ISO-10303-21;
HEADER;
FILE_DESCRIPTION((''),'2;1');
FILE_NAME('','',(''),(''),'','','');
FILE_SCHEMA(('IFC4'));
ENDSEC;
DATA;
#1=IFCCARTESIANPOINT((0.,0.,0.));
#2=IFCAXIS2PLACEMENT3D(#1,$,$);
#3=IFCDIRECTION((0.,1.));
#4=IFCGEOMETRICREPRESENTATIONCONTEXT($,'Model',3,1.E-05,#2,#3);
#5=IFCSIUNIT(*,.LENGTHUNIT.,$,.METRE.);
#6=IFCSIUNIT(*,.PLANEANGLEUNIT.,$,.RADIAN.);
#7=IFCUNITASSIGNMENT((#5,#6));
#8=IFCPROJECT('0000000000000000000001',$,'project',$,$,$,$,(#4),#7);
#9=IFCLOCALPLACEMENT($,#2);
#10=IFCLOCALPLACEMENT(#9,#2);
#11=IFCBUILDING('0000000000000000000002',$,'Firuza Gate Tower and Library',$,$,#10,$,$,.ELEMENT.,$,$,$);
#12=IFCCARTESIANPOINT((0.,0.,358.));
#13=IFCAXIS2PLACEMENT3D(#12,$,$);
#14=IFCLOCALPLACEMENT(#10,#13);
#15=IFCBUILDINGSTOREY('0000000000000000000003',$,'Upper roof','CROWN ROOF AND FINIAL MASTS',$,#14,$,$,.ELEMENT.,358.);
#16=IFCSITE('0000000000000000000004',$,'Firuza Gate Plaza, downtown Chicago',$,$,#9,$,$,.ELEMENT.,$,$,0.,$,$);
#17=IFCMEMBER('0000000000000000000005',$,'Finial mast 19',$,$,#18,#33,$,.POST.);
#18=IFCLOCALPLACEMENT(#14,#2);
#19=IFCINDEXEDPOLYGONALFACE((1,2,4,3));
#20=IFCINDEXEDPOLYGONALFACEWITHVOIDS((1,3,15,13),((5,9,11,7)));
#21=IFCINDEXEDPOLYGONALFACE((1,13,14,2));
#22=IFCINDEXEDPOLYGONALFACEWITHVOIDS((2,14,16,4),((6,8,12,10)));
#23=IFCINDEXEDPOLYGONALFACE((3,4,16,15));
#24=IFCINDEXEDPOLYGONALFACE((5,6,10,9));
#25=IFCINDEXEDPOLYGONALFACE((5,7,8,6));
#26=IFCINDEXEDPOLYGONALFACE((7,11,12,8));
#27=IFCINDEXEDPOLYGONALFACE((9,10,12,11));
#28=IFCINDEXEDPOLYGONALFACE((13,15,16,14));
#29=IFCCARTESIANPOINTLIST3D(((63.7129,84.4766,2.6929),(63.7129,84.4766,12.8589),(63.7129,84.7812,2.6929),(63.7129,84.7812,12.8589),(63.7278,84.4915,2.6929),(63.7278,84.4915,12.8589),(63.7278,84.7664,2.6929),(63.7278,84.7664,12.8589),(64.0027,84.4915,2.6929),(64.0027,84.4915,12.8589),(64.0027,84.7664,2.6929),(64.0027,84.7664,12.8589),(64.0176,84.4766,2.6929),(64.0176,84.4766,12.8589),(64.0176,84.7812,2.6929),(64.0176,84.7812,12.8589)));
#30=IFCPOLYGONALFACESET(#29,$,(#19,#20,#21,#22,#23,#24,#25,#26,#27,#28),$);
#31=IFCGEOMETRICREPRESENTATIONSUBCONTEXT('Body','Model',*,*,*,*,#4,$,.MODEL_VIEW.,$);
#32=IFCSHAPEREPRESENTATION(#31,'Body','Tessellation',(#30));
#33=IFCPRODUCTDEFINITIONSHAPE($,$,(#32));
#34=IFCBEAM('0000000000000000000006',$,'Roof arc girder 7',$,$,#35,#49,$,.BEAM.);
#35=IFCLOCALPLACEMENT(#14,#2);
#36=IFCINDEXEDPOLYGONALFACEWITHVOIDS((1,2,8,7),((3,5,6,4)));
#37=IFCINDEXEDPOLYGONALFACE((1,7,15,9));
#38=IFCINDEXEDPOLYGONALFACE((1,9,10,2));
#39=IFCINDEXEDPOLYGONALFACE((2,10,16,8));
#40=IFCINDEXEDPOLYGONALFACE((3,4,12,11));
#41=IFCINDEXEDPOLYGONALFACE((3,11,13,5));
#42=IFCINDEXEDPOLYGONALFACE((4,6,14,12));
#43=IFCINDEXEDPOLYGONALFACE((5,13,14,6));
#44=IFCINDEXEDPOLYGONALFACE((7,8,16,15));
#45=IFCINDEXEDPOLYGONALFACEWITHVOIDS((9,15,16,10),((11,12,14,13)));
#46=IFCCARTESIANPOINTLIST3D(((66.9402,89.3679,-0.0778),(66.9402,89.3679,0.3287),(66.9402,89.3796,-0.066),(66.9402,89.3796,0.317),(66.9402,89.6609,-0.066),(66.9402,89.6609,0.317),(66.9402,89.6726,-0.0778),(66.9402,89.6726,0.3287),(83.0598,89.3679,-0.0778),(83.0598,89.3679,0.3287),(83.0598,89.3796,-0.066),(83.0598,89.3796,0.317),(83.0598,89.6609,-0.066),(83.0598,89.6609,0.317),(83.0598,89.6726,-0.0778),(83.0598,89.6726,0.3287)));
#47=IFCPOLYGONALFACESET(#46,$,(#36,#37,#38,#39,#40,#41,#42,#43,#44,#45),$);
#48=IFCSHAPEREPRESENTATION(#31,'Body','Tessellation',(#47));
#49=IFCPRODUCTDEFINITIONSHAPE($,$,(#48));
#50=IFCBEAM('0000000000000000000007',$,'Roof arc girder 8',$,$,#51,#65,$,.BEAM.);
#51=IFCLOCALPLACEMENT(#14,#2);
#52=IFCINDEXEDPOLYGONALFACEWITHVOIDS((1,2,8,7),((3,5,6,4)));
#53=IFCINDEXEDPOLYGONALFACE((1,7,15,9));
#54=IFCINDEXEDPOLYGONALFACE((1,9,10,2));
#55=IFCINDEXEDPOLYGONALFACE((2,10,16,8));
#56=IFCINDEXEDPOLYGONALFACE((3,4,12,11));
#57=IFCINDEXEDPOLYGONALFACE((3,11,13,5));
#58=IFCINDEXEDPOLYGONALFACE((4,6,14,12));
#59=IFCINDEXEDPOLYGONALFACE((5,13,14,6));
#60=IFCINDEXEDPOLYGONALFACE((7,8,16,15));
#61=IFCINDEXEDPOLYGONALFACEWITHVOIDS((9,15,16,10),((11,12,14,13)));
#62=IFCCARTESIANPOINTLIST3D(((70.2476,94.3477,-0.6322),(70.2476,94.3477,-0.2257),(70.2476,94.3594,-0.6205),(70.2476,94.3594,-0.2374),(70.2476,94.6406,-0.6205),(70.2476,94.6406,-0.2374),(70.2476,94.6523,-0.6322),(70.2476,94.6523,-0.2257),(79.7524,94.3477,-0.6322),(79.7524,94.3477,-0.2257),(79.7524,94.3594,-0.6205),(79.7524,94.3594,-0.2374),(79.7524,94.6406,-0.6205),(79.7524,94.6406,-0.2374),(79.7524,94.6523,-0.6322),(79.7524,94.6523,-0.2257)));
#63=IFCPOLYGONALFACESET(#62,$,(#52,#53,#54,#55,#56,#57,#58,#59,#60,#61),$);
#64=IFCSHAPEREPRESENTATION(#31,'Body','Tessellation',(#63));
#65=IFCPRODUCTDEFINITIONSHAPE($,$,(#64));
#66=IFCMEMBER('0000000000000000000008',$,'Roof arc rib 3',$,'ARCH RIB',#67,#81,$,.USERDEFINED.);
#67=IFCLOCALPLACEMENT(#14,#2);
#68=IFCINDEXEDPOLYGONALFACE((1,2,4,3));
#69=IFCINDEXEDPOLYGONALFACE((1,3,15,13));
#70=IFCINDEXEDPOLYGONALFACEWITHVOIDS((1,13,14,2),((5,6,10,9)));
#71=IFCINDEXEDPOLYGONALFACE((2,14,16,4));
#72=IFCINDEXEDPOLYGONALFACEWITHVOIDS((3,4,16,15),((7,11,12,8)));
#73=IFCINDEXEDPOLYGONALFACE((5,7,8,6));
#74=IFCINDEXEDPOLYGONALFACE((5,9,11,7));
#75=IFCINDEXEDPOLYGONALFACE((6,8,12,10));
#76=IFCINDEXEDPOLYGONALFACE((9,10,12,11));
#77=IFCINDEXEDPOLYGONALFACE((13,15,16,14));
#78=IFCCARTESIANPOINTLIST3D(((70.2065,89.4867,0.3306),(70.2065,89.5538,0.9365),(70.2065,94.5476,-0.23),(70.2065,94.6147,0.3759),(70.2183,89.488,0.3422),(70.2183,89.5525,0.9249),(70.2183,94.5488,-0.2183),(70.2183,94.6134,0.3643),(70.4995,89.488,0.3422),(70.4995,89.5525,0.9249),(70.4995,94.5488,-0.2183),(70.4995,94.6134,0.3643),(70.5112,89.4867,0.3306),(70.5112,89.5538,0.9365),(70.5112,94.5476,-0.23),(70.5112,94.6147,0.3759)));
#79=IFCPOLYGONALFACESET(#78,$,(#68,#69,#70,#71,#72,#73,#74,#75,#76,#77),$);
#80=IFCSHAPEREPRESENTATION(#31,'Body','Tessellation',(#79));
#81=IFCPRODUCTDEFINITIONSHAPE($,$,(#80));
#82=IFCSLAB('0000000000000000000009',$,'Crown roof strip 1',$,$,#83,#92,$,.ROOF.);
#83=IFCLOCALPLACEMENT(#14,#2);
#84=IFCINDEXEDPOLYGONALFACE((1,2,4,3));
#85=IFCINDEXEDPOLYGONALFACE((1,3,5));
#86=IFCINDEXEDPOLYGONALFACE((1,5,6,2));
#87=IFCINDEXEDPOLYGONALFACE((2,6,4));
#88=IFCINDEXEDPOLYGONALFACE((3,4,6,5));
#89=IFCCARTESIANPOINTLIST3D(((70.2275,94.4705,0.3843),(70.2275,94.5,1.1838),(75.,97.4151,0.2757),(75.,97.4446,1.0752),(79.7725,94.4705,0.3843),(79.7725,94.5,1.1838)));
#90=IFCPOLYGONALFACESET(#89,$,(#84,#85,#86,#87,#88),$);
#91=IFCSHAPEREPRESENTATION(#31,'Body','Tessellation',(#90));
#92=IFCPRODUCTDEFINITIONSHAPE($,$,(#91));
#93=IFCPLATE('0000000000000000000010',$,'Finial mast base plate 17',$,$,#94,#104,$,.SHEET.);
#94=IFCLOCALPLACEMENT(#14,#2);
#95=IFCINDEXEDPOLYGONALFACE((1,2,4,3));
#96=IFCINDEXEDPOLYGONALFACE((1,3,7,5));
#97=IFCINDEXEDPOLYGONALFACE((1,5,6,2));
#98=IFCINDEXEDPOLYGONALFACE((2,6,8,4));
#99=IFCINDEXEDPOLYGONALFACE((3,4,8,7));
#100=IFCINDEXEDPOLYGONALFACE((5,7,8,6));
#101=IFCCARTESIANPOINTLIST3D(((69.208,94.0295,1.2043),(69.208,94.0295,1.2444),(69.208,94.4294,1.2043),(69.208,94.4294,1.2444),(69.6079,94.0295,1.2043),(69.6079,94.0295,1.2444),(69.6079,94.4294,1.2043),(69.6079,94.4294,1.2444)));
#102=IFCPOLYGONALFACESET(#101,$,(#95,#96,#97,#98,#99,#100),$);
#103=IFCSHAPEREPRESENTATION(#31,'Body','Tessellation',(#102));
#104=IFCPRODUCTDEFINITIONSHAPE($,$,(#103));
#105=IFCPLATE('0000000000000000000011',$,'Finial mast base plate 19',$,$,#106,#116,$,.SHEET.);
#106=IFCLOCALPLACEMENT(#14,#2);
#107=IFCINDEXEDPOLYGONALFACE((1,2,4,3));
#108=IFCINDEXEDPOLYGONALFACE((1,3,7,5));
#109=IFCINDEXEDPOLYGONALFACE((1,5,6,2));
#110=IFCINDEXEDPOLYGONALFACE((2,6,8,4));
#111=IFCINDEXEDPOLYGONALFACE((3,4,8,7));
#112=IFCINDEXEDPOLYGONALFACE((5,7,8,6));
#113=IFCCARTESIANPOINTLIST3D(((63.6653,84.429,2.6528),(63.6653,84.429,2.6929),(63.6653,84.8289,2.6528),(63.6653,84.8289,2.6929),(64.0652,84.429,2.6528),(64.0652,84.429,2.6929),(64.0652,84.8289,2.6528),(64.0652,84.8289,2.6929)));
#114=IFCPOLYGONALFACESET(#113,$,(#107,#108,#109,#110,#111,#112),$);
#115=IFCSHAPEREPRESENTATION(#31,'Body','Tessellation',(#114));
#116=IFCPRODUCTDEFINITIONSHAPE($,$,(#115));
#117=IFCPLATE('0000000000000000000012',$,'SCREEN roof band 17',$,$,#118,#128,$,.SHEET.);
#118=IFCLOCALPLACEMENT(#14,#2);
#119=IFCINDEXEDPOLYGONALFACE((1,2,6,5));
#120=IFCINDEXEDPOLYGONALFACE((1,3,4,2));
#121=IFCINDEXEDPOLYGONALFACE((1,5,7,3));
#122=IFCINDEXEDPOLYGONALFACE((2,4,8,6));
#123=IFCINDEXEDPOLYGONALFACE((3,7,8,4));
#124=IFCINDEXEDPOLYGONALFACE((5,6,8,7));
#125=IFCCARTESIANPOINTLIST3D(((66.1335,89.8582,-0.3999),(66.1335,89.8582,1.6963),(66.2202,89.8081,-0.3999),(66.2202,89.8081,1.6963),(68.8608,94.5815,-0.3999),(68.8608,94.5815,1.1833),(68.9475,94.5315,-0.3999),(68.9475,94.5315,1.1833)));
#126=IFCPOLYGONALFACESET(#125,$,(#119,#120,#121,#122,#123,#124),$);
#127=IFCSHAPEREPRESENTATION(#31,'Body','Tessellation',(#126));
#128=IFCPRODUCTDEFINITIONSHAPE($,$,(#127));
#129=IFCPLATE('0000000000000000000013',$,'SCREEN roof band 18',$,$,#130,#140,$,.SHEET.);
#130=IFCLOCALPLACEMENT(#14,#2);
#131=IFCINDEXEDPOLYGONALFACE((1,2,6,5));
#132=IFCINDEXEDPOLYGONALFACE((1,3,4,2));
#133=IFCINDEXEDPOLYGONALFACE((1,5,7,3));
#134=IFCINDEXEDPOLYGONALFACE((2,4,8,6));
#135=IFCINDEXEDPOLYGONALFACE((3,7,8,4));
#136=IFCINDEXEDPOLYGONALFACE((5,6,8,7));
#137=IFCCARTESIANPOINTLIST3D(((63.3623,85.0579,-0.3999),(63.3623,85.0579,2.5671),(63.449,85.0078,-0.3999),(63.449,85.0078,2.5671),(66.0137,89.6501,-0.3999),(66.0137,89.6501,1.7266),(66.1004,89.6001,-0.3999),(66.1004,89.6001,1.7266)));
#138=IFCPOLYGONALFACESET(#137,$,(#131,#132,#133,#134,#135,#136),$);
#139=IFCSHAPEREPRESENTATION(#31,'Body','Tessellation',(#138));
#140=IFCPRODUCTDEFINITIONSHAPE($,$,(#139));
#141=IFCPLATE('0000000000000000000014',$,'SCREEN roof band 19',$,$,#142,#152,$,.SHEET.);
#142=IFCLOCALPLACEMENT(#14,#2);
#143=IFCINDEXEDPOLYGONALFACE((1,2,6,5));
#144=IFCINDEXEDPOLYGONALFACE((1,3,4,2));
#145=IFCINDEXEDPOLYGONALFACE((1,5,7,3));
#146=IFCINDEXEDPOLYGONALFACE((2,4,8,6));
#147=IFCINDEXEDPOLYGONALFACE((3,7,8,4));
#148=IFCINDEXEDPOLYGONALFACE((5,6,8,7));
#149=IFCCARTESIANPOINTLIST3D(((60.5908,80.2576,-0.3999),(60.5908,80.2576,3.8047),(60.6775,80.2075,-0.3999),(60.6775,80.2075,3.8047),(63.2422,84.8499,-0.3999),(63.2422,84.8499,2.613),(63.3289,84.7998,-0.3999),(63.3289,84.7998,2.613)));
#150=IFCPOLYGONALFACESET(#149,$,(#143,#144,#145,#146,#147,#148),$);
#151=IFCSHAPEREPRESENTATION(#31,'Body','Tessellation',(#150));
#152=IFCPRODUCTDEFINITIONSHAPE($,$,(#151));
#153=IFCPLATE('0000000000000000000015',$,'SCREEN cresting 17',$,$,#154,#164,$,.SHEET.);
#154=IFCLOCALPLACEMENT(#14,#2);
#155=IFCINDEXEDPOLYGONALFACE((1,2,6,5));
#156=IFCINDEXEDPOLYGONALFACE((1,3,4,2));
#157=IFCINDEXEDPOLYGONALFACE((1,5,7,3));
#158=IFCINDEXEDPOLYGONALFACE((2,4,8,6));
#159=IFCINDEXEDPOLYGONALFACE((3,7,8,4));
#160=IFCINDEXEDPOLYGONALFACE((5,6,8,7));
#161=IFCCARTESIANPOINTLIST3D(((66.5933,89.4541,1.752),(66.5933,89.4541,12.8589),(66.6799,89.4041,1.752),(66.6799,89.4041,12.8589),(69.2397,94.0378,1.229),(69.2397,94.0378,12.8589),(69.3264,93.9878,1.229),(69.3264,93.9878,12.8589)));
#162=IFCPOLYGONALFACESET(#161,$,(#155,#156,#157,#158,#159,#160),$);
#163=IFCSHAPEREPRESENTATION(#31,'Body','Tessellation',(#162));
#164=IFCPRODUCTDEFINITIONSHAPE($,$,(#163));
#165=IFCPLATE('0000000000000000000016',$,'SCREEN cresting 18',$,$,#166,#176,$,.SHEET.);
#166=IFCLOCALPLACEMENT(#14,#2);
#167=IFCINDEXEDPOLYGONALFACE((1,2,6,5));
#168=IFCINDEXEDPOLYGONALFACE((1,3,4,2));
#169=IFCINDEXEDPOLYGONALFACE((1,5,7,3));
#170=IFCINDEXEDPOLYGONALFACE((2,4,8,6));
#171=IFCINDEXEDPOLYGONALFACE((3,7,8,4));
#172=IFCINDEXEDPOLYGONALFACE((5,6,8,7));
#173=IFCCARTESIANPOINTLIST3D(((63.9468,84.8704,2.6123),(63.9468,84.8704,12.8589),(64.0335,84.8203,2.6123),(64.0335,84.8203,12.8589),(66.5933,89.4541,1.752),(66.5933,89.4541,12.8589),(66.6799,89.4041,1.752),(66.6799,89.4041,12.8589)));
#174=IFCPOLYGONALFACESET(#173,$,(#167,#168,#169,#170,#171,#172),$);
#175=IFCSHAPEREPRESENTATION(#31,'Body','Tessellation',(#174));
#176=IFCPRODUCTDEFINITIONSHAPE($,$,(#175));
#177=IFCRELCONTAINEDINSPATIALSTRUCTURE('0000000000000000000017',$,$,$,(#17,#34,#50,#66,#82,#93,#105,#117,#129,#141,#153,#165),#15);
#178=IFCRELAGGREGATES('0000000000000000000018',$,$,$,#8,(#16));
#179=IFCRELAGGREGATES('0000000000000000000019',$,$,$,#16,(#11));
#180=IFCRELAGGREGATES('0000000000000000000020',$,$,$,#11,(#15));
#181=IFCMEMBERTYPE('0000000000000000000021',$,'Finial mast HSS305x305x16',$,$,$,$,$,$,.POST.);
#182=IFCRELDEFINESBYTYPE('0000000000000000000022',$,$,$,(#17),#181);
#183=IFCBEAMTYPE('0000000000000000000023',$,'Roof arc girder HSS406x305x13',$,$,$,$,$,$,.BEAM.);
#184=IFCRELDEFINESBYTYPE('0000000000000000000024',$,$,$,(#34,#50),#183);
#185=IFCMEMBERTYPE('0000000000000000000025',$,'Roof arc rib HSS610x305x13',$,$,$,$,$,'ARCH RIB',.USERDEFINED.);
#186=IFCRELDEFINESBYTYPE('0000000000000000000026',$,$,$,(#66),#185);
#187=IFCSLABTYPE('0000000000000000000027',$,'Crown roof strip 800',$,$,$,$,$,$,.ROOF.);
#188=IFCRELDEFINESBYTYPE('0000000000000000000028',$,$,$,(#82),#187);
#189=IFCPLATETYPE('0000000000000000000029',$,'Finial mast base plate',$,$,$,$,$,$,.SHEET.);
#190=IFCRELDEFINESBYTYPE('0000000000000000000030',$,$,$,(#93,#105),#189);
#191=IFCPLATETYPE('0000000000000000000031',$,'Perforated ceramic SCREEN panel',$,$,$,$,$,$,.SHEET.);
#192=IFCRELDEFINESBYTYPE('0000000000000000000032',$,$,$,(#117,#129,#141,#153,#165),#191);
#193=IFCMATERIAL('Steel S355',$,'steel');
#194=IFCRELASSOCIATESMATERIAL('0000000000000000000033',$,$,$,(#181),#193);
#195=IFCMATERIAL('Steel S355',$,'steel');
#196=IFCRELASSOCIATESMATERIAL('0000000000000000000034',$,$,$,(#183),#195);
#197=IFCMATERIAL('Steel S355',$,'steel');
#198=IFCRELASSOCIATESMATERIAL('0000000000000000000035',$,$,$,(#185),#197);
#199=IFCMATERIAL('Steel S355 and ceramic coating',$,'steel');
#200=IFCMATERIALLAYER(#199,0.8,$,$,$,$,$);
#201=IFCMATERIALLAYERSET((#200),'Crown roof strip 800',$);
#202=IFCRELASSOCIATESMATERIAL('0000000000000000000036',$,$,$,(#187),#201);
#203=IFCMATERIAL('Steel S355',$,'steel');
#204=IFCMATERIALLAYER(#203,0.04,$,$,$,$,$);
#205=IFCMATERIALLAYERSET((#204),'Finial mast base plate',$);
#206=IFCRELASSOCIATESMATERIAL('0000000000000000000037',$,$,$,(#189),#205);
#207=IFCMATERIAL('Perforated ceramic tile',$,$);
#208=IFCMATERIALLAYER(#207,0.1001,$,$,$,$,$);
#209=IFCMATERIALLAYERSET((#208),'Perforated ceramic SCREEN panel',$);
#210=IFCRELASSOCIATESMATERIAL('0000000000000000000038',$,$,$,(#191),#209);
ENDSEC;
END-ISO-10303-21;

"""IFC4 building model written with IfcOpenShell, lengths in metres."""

from ifc_helpers import new_model, si_unit, direction, frame, origin, origin_2d, place, context, subcontext, project, spatial, polyline, rectangle, hollow_rectangle, outline, extrude, material, layer, layer_set, material_profile, profile_set, type_object, element, save


model = new_model("IFC4")

# Units and contexts
model_context = context("Model", 3, precision=1e-05, world=origin(), true_north=direction((0.0, 1.0)))
body_context = subcontext(model_context, "Body", "Model", "MODEL_VIEW")
ifc_project = project(units=[si_unit("LENGTHUNIT", "METRE"), si_unit("PLANEANGLEUNIT", "RADIAN")], contexts=[model_context])

# Site, building, storey
site_placement = place(None, origin())
site = spatial("IfcSite", under=ifc_project, at=site_placement, Name="Firuza Gate Plaza, downtown Chicago", CompositionType="ELEMENT", RefElevation=0.0)
building_placement = place(site_placement, origin())
building = spatial("IfcBuilding", under=site, at=building_placement, Name="Firuza Gate Tower and Library", CompositionType="ELEMENT")
storey_placement = place(building_placement, frame((0.0, 0.0, 358.0)))
storey = spatial("IfcBuildingStorey", under=building, at=storey_placement, Name="Upper roof", Description="CROWN ROOF AND FINIAL MASTS", CompositionType="ELEMENT", Elevation=358.0)

# Member
ifc_material_1 = material(Name="Steel S355", Category="steel")
ifc_material_profile_1 = material_profile(ifc_material_1, hollow_rectangle(XDim=0.3047, YDim=0.3047, WallThickness=0.0149, at=origin_2d()))
ifc_profile_set_1 = profile_set([ifc_material_profile_1], Name="Steel S355")
member_type_1 = type_object("IfcMemberType", Name="Finial mast HSS305x305x16", PredefinedType="POST", material=ifc_profile_set_1)
member_1_placement = place(storey_placement, frame((63.8652, 84.6289, 2.6929), z_axis=(0.0, 0.0, 1.0), x_axis=(1.0, 0.0, 0.0)))
element("IfcMember", 1, at=member_1_placement, inside=storey, type_object=member_type_1, Name="Finial mast 19", PredefinedType="POST", context=body_context, shape_type="SweptSolid", body=[
    extrude(hollow_rectangle(XDim=0.3047, YDim=0.3047, WallThickness=0.0149, at=origin_2d()), origin(), (0.0, 0.0, 1.0), 10.166),
])

# Beams
ifc_material_2 = material(Name="Steel S355", Category="steel")
ifc_material_profile_2 = material_profile(ifc_material_2, hollow_rectangle(XDim=0.3047, YDim=0.4065, WallThickness=0.0117, at=origin_2d()))
ifc_profile_set_2 = profile_set([ifc_material_profile_2], Name="Steel S355")
beam_type_1 = type_object("IfcBeamType", Name="Roof arc girder HSS406x305x13", PredefinedType="BEAM", material=ifc_profile_set_2)
beam_1_placement = place(storey_placement, frame((66.9402, 89.5203, 0.1255), z_axis=(1.0, 0.0, 0.0), x_axis=(0.0, 1.0, 0.0)))
element("IfcBeam", 2, at=beam_1_placement, inside=storey, type_object=beam_type_1, Name="Roof arc girder 7", PredefinedType="BEAM", context=body_context, shape_type="SweptSolid", body=[
    extrude(hollow_rectangle(XDim=0.3047, YDim=0.4065, WallThickness=0.0117, at=origin_2d()), origin(), (0.0, 0.0, 1.0), 16.1196),
])
beam_2_placement = place(storey_placement, frame((70.2476, 94.5, -0.429), z_axis=(1.0, 0.0, 0.0), x_axis=(0.0, 1.0, 0.0)))
element("IfcBeam", 3, at=beam_2_placement, inside=storey, type_object=beam_type_1, Name="Roof arc girder 8", PredefinedType="BEAM", context=body_context, shape_type="SweptSolid", body=[
    extrude(hollow_rectangle(XDim=0.3047, YDim=0.4065, WallThickness=0.0117, at=origin_2d()), origin(), (0.0, 0.0, 1.0), 9.5049),
])

# Member
ifc_material_3 = material(Name="Steel S355", Category="steel")
ifc_material_profile_3 = material_profile(ifc_material_3, hollow_rectangle(XDim=0.3047, YDim=0.6096, WallThickness=0.0117, at=origin_2d()))
ifc_profile_set_3 = profile_set([ifc_material_profile_3], Name="Steel S355")
member_type_2 = type_object("IfcMemberType", Name="Roof arc rib HSS610x305x13", ElementType="ARCH RIB", PredefinedType="USERDEFINED", material=ifc_profile_set_3)
member_2_placement = place(storey_placement, frame((70.3589, 89.5203, 0.6335), z_axis=(0.0, 0.993922, -0.110089), x_axis=(-1.0, 0.0, 0.0)))
element("IfcMember", 4, at=member_2_placement, inside=storey, type_object=member_type_2, Name="Roof arc rib 3", ObjectType="ARCH RIB", PredefinedType="USERDEFINED", context=body_context, shape_type="SweptSolid", body=[
    extrude(hollow_rectangle(XDim=0.3047, YDim=0.6096, WallThickness=0.0117, at=origin_2d()), origin(), (0.0, 0.0, 1.0), 5.0918),
])

# Slab
ifc_material_4 = material(Name="Steel S355 and ceramic coating", Category="steel")
ifc_layer_1 = layer(ifc_material_4, 0.8)
ifc_layer_set_1 = layer_set([ifc_layer_1], Name="Crown roof strip 800")
slab_type = type_object("IfcSlabType", Name="Crown roof strip 800", PredefinedType="ROOF", material=ifc_layer_set_1)
slab_1_placement = place(storey_placement, frame((70.2275, 94.5, 1.1838), z_axis=(0.0, 0.036871, 0.99932), x_axis=(1.0, 0.0, 0.0)))
element("IfcSlab", 5, at=slab_1_placement, inside=storey, type_object=slab_type, Name="Crown roof strip 1", PredefinedType="ROOF", context=body_context, shape_type="SweptSolid", body=[
    extrude(outline(polyline([(0.0, 0.0), (9.5449, 0.0), (4.7725, 2.9466), (0.0, 0.0)])), origin(), (0.0, 0.0, -1.0), 0.8),
])

# Plates
ifc_material_5 = material(Name="Steel S355", Category="steel")
ifc_layer_2 = layer(ifc_material_5, 0.04)
ifc_layer_set_2 = layer_set([ifc_layer_2], Name="Finial mast base plate")
plate_type_1 = type_object("IfcPlateType", Name="Finial mast base plate", PredefinedType="SHEET", material=ifc_layer_set_2)
for number, where, z_axis, x_axis, name in (
    (6, (69.408, 94.2295, 1.2043), (0.0, 0.0, 1.0), (1.0, 0.0, 0.0), "Finial mast base plate 17"),
    (7, (63.8652, 84.6289, 2.6528), (0.0, 0.0, 1.0), (1.0, 0.0, 0.0), "Finial mast base plate 19"),
):
    element("IfcPlate", number, at=place(storey_placement, frame(where, z_axis=z_axis, x_axis=x_axis)), inside=storey, type_object=plate_type_1, Name=name, PredefinedType="SHEET", context=body_context, shape_type="SweptSolid", body=[
        extrude(rectangle(XDim=0.3999, YDim=0.3999, at=origin_2d()), origin(), (0.0, 0.0, 1.0), 0.04),
    ])
ifc_material_6 = material(Name="Perforated ceramic tile")
ifc_layer_3 = layer(ifc_material_6, 0.1001)
ifc_layer_set_3 = layer_set([ifc_layer_3], Name="Perforated ceramic SCREEN panel")
plate_type_2 = type_object("IfcPlateType", Name="Perforated ceramic SCREEN panel", PredefinedType="SHEET", material=ifc_layer_set_3)
plate_1_placement = place(storey_placement, frame((68.8608, 94.5815, -0.3999), z_axis=(-0.866006, 0.500034, 0.0), x_axis=(-0.500034, -0.866006, 0.0)))
element("IfcPlate", 8, at=plate_1_placement, inside=storey, type_object=plate_type_2, Name="SCREEN roof band 17", PredefinedType="SHEET", context=body_context, shape_type="SweptSolid", body=[
    extrude(outline(polyline([(0.0, 0.0), (5.4542, 0.0), (5.4542, 2.0962), (0.0, 1.5833), (0.0, 0.0)])), origin(), (0.0, 0.0, -1.0), 0.1001),
])
plate_2_placement = place(storey_placement, frame((66.0137, 89.6501, -0.3999), z_axis=(-0.866025, 0.500001, 0.0), x_axis=(-0.500001, -0.866025, 0.0)))
element("IfcPlate", 9, at=plate_2_placement, inside=storey, type_object=plate_type_2, Name="SCREEN roof band 18", PredefinedType="SHEET", context=body_context, shape_type="SweptSolid", body=[
    extrude(outline(polyline([(0.0, 0.0), (5.3027, 0.0), (5.3027, 2.967), (0.0, 2.1265), (0.0, 0.0)])), origin(), (0.0, 0.0, -1.0), 0.1001),
])
plate_3_placement = place(storey_placement, frame((63.2422, 84.8499, -0.3999), z_axis=(-0.866025, 0.500001, 0.0), x_axis=(-0.500001, -0.866025, 0.0)))
element("IfcPlate", 10, at=plate_3_placement, inside=storey, type_object=plate_type_2, Name="SCREEN roof band 19", PredefinedType="SHEET", context=body_context, shape_type="SweptSolid", body=[
    extrude(outline(polyline([(0.0, 0.0), (5.3027, 0.0), (5.3027, 4.2046), (0.0, 3.0129), (0.0, 0.0)])), origin(), (0.0, 0.0, -1.0), 0.1001),
])
plate_4_placement = place(storey_placement, frame((69.2397, 94.0378, 1.229), z_axis=(-0.86602, 0.500009, 0.0), x_axis=(-0.497586, -0.861824, 0.098324)))
element("IfcPlate", 11, at=plate_4_placement, inside=storey, type_object=plate_type_2, Name="SCREEN cresting 17", PredefinedType="SHEET", context=body_context, shape_type="SweptSolid", body=[
    extrude(outline(polyline([(0.0, 0.0), (5.3186, 0.0), (6.4107, 11.0531), (1.1435, 11.5735), (0.0, 0.0)])), origin(), (0.0, 0.0, -1.0), 0.1001),
])
plate_5_placement = place(storey_placement, frame((66.5933, 89.4541, 1.752), z_axis=(-0.86602, 0.500009, 0.0), x_axis=(-0.493531, -0.854801, 0.160443)))
element("IfcPlate", 12, at=plate_5_placement, inside=storey, type_object=plate_type_2, Name="SCREEN cresting 18", PredefinedType="SHEET", context=body_context, shape_type="SweptSolid", body=[
    extrude(outline(polyline([(0.0, 0.0), (5.3623, 0.0), (7.0063, 10.1138), (1.782, 10.963), (0.0, 0.0)])), origin(), (0.0, 0.0, -1.0), 0.1001),
])

save(model, "model.ifc")
